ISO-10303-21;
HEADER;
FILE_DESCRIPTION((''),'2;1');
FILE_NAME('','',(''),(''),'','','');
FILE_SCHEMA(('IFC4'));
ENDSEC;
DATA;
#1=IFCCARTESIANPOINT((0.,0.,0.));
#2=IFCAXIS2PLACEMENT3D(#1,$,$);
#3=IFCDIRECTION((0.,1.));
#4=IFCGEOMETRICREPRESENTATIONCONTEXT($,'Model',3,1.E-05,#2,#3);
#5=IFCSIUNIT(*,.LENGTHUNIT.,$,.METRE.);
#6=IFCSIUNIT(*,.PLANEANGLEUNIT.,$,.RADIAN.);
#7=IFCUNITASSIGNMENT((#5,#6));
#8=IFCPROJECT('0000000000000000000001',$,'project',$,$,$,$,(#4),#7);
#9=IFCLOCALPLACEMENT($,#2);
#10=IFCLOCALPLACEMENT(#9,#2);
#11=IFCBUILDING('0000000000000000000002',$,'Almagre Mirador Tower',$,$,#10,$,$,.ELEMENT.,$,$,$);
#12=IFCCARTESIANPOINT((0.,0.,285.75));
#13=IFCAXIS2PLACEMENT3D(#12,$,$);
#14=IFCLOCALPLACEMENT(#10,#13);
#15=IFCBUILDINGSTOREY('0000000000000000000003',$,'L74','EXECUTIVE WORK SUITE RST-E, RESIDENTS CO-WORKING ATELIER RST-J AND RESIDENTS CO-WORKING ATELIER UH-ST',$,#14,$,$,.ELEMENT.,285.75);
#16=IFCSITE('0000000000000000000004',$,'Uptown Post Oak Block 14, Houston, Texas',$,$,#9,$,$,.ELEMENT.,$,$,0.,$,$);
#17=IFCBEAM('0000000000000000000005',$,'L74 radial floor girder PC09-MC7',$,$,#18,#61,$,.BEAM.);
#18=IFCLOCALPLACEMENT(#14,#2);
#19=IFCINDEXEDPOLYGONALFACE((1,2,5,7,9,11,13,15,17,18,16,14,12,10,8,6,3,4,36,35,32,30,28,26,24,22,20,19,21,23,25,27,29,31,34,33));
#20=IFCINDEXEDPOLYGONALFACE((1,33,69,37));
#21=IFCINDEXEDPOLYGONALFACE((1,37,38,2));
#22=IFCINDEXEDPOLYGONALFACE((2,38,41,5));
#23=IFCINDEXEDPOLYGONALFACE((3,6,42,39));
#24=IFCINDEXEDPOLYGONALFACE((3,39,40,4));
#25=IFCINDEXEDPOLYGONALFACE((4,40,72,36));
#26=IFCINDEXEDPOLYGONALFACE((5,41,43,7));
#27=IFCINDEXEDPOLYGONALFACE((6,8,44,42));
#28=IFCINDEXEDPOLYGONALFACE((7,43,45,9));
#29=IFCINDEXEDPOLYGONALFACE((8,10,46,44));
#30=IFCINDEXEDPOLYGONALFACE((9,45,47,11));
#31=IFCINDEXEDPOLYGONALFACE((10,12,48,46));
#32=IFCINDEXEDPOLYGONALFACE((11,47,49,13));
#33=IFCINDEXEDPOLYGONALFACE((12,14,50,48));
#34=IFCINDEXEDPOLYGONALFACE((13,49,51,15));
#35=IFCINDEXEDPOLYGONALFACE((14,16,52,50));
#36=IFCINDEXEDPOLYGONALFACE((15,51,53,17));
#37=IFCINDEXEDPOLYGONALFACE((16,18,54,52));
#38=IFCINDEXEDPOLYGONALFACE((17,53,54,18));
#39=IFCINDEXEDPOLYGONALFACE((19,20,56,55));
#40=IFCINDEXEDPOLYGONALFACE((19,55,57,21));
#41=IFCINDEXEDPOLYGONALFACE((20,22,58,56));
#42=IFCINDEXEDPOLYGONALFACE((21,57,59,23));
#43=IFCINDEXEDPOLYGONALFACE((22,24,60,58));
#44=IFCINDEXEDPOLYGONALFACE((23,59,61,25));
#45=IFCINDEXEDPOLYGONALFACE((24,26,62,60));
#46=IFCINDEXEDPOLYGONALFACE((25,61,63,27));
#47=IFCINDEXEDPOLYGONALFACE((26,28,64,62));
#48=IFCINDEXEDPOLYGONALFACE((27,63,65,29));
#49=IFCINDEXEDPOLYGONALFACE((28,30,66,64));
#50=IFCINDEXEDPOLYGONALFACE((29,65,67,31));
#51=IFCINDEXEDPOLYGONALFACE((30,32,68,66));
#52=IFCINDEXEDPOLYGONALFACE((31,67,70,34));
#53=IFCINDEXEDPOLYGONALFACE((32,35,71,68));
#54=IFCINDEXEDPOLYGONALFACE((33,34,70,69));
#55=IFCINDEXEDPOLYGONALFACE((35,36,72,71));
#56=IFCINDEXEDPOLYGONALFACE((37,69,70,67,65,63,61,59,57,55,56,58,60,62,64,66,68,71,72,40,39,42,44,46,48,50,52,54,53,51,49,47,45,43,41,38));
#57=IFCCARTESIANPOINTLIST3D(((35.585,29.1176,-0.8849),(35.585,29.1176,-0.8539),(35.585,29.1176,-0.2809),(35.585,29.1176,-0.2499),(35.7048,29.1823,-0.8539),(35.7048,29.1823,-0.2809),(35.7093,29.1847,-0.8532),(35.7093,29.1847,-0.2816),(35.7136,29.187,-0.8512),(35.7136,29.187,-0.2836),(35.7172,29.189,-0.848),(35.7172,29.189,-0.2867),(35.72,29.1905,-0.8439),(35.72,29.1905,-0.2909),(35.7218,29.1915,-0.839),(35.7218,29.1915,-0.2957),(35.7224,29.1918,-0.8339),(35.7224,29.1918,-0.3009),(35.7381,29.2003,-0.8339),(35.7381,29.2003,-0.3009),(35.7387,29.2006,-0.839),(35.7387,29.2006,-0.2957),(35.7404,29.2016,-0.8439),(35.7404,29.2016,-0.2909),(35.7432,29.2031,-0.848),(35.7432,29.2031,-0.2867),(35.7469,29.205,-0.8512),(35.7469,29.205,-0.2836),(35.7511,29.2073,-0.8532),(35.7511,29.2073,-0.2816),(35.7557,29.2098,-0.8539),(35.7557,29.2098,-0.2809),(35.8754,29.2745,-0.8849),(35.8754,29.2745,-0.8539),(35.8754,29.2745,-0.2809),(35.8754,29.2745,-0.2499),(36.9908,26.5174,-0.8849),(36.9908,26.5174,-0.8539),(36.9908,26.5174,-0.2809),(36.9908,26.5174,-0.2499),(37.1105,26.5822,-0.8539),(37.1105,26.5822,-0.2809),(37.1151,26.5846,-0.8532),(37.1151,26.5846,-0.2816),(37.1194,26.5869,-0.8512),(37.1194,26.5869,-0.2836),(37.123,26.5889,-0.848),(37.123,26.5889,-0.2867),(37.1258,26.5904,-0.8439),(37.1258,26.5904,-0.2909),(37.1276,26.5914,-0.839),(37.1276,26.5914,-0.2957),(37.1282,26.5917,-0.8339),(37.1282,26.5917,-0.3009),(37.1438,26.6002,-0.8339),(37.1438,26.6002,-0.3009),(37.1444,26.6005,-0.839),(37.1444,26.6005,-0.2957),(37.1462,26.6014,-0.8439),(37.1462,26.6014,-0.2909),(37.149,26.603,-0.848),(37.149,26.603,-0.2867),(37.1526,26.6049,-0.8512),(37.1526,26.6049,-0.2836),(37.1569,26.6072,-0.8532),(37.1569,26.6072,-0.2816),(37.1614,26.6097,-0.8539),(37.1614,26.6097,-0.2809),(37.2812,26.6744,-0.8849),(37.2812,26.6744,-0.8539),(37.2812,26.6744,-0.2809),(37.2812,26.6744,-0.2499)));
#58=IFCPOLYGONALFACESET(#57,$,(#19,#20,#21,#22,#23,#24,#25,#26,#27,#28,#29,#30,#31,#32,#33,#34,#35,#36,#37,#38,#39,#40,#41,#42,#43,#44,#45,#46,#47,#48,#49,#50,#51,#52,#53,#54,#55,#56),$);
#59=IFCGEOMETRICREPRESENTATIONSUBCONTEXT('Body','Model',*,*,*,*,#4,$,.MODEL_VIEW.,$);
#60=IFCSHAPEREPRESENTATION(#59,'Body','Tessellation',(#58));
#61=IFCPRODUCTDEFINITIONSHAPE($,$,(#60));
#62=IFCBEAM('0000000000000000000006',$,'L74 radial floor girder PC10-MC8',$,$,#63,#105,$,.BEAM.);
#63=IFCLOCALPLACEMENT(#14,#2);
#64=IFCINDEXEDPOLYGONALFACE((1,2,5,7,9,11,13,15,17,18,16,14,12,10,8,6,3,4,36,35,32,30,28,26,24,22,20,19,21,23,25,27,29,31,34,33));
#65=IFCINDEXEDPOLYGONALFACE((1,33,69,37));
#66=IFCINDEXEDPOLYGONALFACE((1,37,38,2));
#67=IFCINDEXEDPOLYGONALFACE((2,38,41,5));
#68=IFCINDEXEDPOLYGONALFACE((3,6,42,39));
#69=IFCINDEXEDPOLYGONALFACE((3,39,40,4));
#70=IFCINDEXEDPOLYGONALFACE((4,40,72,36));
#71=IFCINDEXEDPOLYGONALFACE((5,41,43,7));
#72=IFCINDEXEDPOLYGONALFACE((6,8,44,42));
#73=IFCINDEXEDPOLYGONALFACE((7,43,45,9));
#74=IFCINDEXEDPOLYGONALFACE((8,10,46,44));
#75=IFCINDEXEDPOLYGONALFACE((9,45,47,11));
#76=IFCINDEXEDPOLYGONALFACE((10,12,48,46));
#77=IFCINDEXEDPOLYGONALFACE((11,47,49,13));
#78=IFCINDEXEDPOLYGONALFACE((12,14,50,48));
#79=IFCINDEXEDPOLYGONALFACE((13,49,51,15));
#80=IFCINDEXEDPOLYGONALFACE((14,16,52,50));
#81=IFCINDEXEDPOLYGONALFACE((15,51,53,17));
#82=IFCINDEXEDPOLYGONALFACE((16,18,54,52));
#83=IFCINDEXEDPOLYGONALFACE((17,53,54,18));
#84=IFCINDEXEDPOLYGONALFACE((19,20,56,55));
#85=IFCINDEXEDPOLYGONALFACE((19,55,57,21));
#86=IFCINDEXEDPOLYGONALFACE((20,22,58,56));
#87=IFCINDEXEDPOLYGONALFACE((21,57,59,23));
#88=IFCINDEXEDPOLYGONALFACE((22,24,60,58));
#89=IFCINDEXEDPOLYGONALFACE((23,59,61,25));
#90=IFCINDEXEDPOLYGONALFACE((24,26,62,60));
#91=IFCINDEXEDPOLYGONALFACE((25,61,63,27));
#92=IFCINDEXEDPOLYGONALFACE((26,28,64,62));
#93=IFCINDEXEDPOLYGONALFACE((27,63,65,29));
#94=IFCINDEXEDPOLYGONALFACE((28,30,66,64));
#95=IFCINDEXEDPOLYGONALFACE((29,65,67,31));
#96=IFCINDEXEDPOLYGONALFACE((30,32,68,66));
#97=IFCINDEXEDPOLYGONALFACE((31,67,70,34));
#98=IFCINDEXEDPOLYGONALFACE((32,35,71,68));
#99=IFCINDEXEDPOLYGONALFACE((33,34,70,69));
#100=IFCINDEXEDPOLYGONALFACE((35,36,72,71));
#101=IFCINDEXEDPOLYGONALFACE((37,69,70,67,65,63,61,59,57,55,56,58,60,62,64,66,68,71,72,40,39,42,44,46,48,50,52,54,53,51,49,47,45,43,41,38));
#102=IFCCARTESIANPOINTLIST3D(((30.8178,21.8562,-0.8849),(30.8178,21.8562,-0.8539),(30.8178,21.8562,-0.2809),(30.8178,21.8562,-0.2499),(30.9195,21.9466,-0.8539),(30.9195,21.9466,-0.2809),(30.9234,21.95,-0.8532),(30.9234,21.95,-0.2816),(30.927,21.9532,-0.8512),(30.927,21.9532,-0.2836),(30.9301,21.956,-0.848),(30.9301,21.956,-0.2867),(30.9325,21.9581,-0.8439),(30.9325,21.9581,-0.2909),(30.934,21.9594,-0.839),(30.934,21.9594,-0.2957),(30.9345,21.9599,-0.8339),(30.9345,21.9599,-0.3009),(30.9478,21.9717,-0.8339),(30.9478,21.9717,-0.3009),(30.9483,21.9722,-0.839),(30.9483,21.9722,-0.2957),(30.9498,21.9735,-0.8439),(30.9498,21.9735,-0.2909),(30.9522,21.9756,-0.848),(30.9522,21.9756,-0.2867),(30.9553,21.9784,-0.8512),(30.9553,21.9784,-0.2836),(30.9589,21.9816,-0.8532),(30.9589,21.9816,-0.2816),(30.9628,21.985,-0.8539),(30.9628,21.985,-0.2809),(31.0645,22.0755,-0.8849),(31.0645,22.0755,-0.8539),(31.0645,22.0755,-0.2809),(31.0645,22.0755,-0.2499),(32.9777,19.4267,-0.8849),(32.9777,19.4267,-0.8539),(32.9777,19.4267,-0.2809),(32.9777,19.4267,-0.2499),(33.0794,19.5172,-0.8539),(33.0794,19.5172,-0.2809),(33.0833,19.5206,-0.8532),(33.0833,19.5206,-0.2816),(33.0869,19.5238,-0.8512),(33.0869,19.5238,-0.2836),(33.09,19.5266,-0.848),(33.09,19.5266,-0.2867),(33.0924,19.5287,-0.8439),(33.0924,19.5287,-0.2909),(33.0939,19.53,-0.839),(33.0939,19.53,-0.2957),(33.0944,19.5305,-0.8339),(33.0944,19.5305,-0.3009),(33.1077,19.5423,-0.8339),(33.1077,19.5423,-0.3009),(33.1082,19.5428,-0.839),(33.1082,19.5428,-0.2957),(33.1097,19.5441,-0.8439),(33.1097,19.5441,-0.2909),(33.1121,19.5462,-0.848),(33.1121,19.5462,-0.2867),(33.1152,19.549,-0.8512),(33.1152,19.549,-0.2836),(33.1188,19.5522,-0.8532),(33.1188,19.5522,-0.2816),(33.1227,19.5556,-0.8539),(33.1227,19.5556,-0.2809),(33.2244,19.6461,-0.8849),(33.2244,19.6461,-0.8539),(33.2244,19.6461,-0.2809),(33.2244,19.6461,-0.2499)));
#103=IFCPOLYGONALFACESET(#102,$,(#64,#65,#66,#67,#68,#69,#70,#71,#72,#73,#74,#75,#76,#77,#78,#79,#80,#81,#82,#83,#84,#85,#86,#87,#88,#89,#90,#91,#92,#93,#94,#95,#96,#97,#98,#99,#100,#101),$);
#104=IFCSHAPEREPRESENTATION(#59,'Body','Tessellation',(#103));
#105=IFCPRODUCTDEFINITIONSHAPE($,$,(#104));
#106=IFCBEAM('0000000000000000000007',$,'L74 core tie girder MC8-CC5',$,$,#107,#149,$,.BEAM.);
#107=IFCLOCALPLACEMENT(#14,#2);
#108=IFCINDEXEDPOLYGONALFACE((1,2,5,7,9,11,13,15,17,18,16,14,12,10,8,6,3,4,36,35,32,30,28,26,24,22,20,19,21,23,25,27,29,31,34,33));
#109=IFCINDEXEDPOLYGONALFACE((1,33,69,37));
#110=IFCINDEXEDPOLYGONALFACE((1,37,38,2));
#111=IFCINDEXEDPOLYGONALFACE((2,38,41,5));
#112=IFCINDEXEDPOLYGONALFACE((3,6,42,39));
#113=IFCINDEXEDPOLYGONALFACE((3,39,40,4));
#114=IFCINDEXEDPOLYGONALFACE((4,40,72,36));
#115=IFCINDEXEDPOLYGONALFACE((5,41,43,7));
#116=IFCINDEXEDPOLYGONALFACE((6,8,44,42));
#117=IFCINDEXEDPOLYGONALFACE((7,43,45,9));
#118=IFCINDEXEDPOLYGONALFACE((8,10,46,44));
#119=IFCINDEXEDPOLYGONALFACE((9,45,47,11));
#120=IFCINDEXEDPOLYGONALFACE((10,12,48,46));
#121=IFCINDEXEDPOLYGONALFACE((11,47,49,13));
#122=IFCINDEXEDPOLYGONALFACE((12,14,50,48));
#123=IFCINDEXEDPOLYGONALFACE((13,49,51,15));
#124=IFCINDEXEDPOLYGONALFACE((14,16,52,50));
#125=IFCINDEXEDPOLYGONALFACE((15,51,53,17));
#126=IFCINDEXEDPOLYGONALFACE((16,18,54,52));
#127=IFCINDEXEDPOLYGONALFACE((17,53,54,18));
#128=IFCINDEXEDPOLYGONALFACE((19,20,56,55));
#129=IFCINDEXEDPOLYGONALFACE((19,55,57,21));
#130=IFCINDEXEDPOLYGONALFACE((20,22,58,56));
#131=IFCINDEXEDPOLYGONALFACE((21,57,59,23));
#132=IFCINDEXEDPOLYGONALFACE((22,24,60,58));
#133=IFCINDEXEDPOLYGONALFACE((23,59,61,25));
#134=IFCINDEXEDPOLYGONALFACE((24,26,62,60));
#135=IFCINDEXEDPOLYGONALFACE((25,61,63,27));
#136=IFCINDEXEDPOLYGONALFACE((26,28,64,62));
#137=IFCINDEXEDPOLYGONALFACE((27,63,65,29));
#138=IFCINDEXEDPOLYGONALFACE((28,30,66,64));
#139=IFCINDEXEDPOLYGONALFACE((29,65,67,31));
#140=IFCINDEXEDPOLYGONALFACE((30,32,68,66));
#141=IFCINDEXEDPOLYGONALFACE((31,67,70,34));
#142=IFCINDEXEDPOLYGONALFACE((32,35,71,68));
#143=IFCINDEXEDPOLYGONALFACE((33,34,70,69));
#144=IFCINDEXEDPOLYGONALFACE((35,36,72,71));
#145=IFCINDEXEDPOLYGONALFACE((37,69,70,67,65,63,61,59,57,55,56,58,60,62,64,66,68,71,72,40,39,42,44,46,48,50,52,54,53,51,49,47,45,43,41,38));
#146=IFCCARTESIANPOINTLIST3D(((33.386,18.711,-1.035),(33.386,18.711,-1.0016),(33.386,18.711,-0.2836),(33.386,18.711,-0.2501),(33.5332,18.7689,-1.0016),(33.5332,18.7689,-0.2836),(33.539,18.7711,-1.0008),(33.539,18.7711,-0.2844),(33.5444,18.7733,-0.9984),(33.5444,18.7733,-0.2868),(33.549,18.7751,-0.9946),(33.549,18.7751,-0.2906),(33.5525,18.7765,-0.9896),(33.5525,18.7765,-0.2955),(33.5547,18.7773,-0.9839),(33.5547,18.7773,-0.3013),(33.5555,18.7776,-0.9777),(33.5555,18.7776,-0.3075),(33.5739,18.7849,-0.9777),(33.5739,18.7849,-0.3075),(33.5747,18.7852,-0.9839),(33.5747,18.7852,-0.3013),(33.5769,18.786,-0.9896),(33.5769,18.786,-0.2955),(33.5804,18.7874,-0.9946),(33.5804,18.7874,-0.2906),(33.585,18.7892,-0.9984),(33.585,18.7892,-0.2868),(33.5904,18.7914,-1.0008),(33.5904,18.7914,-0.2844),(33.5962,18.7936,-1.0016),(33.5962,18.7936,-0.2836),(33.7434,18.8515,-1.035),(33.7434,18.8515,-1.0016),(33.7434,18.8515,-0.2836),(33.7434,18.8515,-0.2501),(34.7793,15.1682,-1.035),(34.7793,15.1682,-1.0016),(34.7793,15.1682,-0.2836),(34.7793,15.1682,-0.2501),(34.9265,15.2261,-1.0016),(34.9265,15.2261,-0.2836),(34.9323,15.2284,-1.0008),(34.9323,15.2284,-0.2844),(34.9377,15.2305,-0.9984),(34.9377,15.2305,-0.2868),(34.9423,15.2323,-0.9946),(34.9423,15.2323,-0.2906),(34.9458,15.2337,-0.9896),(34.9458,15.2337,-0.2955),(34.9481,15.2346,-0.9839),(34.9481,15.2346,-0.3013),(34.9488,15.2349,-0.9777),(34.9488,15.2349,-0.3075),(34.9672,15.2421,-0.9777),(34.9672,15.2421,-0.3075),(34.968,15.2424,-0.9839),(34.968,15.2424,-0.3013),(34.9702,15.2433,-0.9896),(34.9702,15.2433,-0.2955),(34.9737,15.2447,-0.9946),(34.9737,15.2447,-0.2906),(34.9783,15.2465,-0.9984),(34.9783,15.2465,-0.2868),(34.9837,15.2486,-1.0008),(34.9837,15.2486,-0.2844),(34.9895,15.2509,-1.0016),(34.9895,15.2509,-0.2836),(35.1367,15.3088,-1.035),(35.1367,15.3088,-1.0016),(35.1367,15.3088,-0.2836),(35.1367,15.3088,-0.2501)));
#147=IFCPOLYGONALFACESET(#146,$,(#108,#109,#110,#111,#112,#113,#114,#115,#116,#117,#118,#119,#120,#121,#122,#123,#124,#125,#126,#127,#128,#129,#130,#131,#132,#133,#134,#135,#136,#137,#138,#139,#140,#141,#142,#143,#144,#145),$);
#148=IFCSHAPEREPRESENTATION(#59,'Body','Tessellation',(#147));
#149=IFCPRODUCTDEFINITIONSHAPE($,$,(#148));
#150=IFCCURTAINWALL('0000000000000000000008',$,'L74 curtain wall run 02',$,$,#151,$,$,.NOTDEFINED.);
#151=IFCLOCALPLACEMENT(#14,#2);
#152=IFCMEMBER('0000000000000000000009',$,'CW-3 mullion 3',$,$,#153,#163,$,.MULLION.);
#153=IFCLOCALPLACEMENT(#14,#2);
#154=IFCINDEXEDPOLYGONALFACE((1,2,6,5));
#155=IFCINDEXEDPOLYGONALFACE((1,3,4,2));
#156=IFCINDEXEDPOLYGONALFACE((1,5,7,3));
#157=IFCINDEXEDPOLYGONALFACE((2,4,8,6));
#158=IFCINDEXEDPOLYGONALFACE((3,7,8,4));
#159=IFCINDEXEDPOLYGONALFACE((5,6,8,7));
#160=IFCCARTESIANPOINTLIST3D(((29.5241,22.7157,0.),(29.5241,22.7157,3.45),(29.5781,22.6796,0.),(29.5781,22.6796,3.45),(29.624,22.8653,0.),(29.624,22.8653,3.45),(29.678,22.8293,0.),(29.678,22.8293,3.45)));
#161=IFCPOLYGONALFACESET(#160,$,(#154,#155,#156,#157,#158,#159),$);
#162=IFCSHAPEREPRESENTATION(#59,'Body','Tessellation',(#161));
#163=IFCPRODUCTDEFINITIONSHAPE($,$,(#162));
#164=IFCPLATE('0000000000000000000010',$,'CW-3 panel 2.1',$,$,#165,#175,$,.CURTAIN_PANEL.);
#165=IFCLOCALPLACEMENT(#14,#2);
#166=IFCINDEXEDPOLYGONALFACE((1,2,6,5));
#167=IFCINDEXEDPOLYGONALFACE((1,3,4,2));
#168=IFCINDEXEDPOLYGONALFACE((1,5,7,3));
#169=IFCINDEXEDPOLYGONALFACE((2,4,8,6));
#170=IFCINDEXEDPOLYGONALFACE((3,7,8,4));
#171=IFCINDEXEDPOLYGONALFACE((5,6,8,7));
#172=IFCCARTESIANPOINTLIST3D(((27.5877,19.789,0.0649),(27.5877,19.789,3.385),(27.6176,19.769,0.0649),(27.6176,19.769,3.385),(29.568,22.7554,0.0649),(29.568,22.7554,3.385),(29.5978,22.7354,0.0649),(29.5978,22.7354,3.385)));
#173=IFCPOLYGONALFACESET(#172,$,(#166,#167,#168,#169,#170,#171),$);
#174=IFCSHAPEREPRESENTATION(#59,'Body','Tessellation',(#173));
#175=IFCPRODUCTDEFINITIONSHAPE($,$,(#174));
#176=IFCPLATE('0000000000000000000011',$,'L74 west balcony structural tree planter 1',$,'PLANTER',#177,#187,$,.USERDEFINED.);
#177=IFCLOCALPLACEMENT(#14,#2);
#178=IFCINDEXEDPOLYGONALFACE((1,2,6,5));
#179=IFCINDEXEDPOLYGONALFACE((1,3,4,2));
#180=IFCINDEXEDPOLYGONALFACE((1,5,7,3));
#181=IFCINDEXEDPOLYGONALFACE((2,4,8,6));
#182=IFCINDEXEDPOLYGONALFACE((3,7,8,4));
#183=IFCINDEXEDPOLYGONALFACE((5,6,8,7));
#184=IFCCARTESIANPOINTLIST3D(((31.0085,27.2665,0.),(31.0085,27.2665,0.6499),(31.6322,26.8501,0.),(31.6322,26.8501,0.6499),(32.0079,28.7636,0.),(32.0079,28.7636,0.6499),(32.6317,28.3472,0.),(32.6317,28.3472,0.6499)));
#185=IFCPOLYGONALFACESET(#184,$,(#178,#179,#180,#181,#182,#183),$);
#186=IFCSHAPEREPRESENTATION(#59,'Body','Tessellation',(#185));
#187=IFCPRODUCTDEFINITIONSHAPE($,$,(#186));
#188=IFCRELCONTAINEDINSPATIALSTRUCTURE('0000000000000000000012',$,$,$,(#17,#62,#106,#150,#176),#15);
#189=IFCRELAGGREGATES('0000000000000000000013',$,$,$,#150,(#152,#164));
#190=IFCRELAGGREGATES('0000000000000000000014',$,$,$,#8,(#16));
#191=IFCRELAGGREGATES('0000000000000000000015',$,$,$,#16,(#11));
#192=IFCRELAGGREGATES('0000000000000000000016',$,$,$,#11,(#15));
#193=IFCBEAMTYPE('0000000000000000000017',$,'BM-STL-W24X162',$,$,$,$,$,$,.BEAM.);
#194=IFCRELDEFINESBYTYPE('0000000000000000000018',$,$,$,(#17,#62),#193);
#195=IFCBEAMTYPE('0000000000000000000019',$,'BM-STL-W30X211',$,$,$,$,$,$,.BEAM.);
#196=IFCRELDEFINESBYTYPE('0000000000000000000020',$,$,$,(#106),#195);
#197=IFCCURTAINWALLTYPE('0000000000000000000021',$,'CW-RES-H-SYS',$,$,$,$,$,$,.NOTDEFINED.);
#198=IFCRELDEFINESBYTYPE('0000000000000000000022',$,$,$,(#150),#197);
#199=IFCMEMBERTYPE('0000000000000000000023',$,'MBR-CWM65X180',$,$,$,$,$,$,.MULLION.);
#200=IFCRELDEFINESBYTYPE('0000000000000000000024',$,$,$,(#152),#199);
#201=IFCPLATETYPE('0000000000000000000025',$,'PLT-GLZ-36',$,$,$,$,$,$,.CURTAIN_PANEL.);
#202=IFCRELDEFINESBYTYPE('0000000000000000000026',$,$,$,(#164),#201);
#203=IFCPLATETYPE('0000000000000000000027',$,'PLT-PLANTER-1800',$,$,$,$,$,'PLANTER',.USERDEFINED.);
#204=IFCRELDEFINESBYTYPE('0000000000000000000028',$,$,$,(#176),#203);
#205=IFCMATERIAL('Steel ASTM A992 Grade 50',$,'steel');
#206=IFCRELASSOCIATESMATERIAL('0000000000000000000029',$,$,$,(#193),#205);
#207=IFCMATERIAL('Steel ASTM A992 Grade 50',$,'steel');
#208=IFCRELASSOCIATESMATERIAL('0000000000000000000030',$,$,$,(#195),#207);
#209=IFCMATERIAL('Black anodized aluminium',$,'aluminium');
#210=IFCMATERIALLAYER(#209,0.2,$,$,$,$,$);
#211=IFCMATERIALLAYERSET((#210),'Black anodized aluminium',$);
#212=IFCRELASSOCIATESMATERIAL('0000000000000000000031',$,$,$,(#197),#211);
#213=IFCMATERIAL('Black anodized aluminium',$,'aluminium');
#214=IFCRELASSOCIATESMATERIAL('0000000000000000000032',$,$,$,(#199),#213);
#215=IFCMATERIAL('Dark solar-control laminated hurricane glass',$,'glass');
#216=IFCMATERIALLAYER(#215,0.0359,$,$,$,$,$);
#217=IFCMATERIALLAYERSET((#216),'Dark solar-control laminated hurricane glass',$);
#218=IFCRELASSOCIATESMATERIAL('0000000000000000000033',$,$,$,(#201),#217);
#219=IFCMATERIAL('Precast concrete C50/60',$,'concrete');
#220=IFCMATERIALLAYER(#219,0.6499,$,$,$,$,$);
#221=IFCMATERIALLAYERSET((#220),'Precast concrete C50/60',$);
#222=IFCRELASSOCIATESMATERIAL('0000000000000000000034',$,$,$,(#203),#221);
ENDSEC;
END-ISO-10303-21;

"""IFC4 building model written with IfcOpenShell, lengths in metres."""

from ifc_helpers import new_model, si_unit, direction, frame, origin, origin_2d, place, context, subcontext, project, spatial, rectangle, i_section, extrude, material, layer, layer_set, material_profile, profile_set, type_object, element, aggregate, save


model = new_model("IFC4")

# Units and contexts
model_context = context("Model", 3, precision=1e-05, world=origin(), true_north=direction((0.0, 1.0)))
body_context = subcontext(model_context, "Body", "Model", "MODEL_VIEW")
ifc_project = project(units=[si_unit("LENGTHUNIT", "METRE"), si_unit("PLANEANGLEUNIT", "RADIAN")], contexts=[model_context])

# Site, building, storey
site_placement = place(None, origin())
site = spatial("IfcSite", under=ifc_project, at=site_placement, Name="Uptown Post Oak Block 14, Houston, Texas", CompositionType="ELEMENT", RefElevation=0.0)
building_placement = place(site_placement, origin())
building = spatial("IfcBuilding", under=site, at=building_placement, Name="Almagre Mirador Tower", CompositionType="ELEMENT")
storey_placement = place(building_placement, frame((0.0, 0.0, 285.75)))
storey = spatial("IfcBuildingStorey", under=building, at=storey_placement, Name="L74", Description="EXECUTIVE WORK SUITE RST-E, RESIDENTS CO-WORKING ATELIER RST-J AND RESIDENTS CO-WORKING ATELIER UH-ST", CompositionType="ELEMENT", Elevation=285.75)

# Beams
ifc_material_1 = material(Name="Steel ASTM A992 Grade 50", Category="steel")
ifc_material_profile_1 = material_profile(ifc_material_1, i_section(OverallWidth=0.3301, OverallDepth=0.635, WebThickness=0.0178, FlangeThickness=0.031, FilletRadius=0.02, at=origin_2d()), Name="W24X162")
ifc_profile_set_1 = profile_set([ifc_material_profile_1], Name="Steel ASTM A992 Grade 50")
beam_type_1 = type_object("IfcBeamType", Name="BM-STL-W24X162", PredefinedType="BEAM", material=ifc_profile_set_1)
beam_1_placement = place(storey_placement, frame((35.7302, 29.196, -0.5674), z_axis=(0.475597, -0.879664, 0.0), x_axis=(0.879664, 0.475597, 0.0)))
element("IfcBeam", 1, at=beam_1_placement, inside=storey, type_object=beam_type_1, Name="L74 radial floor girder PC09-MC7", PredefinedType="BEAM", context=body_context, shape_type="SweptSolid", body=[
    extrude(i_section(OverallWidth=0.3301, OverallDepth=0.635, WebThickness=0.0178, FlangeThickness=0.031, FilletRadius=0.02, at=origin_2d()), origin(), (0.0, 0.0, 1.0), 2.9558),
])
beam_2_placement = place(storey_placement, frame((30.9412, 21.9658, -0.5674), z_axis=(0.664434, -0.747347, 0.0), x_axis=(0.747347, 0.664434, 0.0)))
element("IfcBeam", 2, at=beam_2_placement, inside=storey, type_object=beam_type_1, Name="L74 radial floor girder PC10-MC8", PredefinedType="BEAM", context=body_context, shape_type="SweptSolid", body=[
    extrude(i_section(OverallWidth=0.3301, OverallDepth=0.635, WebThickness=0.0178, FlangeThickness=0.031, FilletRadius=0.02, at=origin_2d()), origin(), (0.0, 0.0, 1.0), 3.2507),
])
ifc_material_2 = material(Name="Steel ASTM A992 Grade 50", Category="steel")
ifc_material_profile_2 = material_profile(ifc_material_2, i_section(OverallWidth=0.384, OverallDepth=0.7849, WebThickness=0.0198, FlangeThickness=0.0334, FilletRadius=0.0239, at=origin_2d()), Name="W30X211")
ifc_profile_set_2 = profile_set([ifc_material_profile_2], Name="Steel ASTM A992 Grade 50")
beam_type_2 = type_object("IfcBeamType", Name="BM-STL-W30X211", PredefinedType="BEAM", material=ifc_profile_set_2)
beam_3_placement = place(storey_placement, frame((33.5647, 18.7812, -0.6426), z_axis=(0.366, -0.930615, 0.0), x_axis=(0.930615, 0.366, 0.0)))
element("IfcBeam", 3, at=beam_3_placement, inside=storey, type_object=beam_type_2, Name="L74 core tie girder MC8-CC5", PredefinedType="BEAM", context=body_context, shape_type="SweptSolid", body=[
    extrude(i_section(OverallWidth=0.384, OverallDepth=0.7849, WebThickness=0.0198, FlangeThickness=0.0334, FilletRadius=0.0239, at=origin_2d()), origin(), (0.0, 0.0, 1.0), 3.8069),
])

# Curtain wall, member, plate
ifc_material_3 = material(Name="Black anodized aluminium", Category="aluminium")
ifc_layer_1 = layer(ifc_material_3, 0.2)
ifc_layer_set_1 = layer_set([ifc_layer_1], Name="Black anodized aluminium")
curtain_wall_type = type_object("IfcCurtainWallType", Name="CW-RES-H-SYS", PredefinedType="NOTDEFINED", material=ifc_layer_set_1)
curtain_wall_placement = place(storey_placement, origin())
curtain_wall = element("IfcCurtainWall", 4, at=curtain_wall_placement, inside=storey, type_object=curtain_wall_type, Name="L74 curtain wall run 02", PredefinedType="NOTDEFINED")
ifc_material_4 = material(Name="Black anodized aluminium", Category="aluminium")
ifc_material_profile_3 = material_profile(ifc_material_4, rectangle(XDim=0.0649, YDim=0.1799, at=origin_2d()), Name="CWM65X180")
ifc_profile_set_3 = profile_set([ifc_material_profile_3], Name="Black anodized aluminium")
member_type = type_object("IfcMemberType", Name="MBR-CWM65X180", PredefinedType="MULLION", material=ifc_profile_set_3)
member_placement = place(storey_placement, frame((29.6011, 22.7725, 0.0), z_axis=(0.0, 0.0, 1.0), x_axis=(-0.831702, 0.555223, 0.0)))
member = element("IfcMember", 5, at=member_placement, type_object=member_type, Name="CW-3 mullion 3", PredefinedType="MULLION", context=body_context, shape_type="SweptSolid", body=[
    extrude(rectangle(XDim=0.0649, YDim=0.1799, at=origin_2d()), origin(), (0.0, 0.0, 1.0), 3.45),
])
ifc_material_5 = material(Name="Dark solar-control laminated hurricane glass", Category="glass")
ifc_layer_2 = layer(ifc_material_5, 0.0359)
ifc_layer_set_2 = layer_set([ifc_layer_2], Name="Dark solar-control laminated hurricane glass")
plate_type_1 = type_object("IfcPlateType", Name="PLT-GLZ-36", PredefinedType="CURTAIN_PANEL", material=ifc_layer_set_2)
plate_1_placement = place(storey_placement, frame((28.5928, 21.2622, 0.0649), z_axis=(0.0, 0.0, 1.0), x_axis=(0.555223, 0.831702, 0.0)))
plate_1 = element("IfcPlate", 6, at=plate_1_placement, type_object=plate_type_1, Name="CW-3 panel 2.1", PredefinedType="CURTAIN_PANEL", context=body_context, shape_type="SweptSolid", body=[
    extrude(rectangle(XDim=3.5667, YDim=0.0359, at=origin_2d()), origin(), (0.0, 0.0, 1.0), 3.3201),
])
aggregate(curtain_wall, [member, plate_1])

# Plate
ifc_material_6 = material(Name="Precast concrete C50/60", Category="concrete")
ifc_layer_3 = layer(ifc_material_6, 0.6499)
ifc_layer_set_3 = layer_set([ifc_layer_3], Name="Precast concrete C50/60")
plate_type_2 = type_object("IfcPlateType", Name="PLT-PLANTER-1800", ElementType="PLANTER", PredefinedType="USERDEFINED", material=ifc_layer_set_3)
plate_2_placement = place(storey_placement, frame((31.8201, 27.8069, 0.0), z_axis=(0.0, 0.0, 1.0), x_axis=(-0.555222, -0.831702, 0.0)))
element("IfcPlate", 7, at=plate_2_placement, inside=storey, type_object=plate_type_2, Name="L74 west balcony structural tree planter 1", ObjectType="PLANTER", PredefinedType="USERDEFINED", context=body_context, shape_type="SweptSolid", body=[
    extrude(rectangle(XDim=1.8, YDim=0.75, at=origin_2d()), origin(), (0.0, 0.0, 1.0), 0.6499),
])

save(model, "model.ifc")
